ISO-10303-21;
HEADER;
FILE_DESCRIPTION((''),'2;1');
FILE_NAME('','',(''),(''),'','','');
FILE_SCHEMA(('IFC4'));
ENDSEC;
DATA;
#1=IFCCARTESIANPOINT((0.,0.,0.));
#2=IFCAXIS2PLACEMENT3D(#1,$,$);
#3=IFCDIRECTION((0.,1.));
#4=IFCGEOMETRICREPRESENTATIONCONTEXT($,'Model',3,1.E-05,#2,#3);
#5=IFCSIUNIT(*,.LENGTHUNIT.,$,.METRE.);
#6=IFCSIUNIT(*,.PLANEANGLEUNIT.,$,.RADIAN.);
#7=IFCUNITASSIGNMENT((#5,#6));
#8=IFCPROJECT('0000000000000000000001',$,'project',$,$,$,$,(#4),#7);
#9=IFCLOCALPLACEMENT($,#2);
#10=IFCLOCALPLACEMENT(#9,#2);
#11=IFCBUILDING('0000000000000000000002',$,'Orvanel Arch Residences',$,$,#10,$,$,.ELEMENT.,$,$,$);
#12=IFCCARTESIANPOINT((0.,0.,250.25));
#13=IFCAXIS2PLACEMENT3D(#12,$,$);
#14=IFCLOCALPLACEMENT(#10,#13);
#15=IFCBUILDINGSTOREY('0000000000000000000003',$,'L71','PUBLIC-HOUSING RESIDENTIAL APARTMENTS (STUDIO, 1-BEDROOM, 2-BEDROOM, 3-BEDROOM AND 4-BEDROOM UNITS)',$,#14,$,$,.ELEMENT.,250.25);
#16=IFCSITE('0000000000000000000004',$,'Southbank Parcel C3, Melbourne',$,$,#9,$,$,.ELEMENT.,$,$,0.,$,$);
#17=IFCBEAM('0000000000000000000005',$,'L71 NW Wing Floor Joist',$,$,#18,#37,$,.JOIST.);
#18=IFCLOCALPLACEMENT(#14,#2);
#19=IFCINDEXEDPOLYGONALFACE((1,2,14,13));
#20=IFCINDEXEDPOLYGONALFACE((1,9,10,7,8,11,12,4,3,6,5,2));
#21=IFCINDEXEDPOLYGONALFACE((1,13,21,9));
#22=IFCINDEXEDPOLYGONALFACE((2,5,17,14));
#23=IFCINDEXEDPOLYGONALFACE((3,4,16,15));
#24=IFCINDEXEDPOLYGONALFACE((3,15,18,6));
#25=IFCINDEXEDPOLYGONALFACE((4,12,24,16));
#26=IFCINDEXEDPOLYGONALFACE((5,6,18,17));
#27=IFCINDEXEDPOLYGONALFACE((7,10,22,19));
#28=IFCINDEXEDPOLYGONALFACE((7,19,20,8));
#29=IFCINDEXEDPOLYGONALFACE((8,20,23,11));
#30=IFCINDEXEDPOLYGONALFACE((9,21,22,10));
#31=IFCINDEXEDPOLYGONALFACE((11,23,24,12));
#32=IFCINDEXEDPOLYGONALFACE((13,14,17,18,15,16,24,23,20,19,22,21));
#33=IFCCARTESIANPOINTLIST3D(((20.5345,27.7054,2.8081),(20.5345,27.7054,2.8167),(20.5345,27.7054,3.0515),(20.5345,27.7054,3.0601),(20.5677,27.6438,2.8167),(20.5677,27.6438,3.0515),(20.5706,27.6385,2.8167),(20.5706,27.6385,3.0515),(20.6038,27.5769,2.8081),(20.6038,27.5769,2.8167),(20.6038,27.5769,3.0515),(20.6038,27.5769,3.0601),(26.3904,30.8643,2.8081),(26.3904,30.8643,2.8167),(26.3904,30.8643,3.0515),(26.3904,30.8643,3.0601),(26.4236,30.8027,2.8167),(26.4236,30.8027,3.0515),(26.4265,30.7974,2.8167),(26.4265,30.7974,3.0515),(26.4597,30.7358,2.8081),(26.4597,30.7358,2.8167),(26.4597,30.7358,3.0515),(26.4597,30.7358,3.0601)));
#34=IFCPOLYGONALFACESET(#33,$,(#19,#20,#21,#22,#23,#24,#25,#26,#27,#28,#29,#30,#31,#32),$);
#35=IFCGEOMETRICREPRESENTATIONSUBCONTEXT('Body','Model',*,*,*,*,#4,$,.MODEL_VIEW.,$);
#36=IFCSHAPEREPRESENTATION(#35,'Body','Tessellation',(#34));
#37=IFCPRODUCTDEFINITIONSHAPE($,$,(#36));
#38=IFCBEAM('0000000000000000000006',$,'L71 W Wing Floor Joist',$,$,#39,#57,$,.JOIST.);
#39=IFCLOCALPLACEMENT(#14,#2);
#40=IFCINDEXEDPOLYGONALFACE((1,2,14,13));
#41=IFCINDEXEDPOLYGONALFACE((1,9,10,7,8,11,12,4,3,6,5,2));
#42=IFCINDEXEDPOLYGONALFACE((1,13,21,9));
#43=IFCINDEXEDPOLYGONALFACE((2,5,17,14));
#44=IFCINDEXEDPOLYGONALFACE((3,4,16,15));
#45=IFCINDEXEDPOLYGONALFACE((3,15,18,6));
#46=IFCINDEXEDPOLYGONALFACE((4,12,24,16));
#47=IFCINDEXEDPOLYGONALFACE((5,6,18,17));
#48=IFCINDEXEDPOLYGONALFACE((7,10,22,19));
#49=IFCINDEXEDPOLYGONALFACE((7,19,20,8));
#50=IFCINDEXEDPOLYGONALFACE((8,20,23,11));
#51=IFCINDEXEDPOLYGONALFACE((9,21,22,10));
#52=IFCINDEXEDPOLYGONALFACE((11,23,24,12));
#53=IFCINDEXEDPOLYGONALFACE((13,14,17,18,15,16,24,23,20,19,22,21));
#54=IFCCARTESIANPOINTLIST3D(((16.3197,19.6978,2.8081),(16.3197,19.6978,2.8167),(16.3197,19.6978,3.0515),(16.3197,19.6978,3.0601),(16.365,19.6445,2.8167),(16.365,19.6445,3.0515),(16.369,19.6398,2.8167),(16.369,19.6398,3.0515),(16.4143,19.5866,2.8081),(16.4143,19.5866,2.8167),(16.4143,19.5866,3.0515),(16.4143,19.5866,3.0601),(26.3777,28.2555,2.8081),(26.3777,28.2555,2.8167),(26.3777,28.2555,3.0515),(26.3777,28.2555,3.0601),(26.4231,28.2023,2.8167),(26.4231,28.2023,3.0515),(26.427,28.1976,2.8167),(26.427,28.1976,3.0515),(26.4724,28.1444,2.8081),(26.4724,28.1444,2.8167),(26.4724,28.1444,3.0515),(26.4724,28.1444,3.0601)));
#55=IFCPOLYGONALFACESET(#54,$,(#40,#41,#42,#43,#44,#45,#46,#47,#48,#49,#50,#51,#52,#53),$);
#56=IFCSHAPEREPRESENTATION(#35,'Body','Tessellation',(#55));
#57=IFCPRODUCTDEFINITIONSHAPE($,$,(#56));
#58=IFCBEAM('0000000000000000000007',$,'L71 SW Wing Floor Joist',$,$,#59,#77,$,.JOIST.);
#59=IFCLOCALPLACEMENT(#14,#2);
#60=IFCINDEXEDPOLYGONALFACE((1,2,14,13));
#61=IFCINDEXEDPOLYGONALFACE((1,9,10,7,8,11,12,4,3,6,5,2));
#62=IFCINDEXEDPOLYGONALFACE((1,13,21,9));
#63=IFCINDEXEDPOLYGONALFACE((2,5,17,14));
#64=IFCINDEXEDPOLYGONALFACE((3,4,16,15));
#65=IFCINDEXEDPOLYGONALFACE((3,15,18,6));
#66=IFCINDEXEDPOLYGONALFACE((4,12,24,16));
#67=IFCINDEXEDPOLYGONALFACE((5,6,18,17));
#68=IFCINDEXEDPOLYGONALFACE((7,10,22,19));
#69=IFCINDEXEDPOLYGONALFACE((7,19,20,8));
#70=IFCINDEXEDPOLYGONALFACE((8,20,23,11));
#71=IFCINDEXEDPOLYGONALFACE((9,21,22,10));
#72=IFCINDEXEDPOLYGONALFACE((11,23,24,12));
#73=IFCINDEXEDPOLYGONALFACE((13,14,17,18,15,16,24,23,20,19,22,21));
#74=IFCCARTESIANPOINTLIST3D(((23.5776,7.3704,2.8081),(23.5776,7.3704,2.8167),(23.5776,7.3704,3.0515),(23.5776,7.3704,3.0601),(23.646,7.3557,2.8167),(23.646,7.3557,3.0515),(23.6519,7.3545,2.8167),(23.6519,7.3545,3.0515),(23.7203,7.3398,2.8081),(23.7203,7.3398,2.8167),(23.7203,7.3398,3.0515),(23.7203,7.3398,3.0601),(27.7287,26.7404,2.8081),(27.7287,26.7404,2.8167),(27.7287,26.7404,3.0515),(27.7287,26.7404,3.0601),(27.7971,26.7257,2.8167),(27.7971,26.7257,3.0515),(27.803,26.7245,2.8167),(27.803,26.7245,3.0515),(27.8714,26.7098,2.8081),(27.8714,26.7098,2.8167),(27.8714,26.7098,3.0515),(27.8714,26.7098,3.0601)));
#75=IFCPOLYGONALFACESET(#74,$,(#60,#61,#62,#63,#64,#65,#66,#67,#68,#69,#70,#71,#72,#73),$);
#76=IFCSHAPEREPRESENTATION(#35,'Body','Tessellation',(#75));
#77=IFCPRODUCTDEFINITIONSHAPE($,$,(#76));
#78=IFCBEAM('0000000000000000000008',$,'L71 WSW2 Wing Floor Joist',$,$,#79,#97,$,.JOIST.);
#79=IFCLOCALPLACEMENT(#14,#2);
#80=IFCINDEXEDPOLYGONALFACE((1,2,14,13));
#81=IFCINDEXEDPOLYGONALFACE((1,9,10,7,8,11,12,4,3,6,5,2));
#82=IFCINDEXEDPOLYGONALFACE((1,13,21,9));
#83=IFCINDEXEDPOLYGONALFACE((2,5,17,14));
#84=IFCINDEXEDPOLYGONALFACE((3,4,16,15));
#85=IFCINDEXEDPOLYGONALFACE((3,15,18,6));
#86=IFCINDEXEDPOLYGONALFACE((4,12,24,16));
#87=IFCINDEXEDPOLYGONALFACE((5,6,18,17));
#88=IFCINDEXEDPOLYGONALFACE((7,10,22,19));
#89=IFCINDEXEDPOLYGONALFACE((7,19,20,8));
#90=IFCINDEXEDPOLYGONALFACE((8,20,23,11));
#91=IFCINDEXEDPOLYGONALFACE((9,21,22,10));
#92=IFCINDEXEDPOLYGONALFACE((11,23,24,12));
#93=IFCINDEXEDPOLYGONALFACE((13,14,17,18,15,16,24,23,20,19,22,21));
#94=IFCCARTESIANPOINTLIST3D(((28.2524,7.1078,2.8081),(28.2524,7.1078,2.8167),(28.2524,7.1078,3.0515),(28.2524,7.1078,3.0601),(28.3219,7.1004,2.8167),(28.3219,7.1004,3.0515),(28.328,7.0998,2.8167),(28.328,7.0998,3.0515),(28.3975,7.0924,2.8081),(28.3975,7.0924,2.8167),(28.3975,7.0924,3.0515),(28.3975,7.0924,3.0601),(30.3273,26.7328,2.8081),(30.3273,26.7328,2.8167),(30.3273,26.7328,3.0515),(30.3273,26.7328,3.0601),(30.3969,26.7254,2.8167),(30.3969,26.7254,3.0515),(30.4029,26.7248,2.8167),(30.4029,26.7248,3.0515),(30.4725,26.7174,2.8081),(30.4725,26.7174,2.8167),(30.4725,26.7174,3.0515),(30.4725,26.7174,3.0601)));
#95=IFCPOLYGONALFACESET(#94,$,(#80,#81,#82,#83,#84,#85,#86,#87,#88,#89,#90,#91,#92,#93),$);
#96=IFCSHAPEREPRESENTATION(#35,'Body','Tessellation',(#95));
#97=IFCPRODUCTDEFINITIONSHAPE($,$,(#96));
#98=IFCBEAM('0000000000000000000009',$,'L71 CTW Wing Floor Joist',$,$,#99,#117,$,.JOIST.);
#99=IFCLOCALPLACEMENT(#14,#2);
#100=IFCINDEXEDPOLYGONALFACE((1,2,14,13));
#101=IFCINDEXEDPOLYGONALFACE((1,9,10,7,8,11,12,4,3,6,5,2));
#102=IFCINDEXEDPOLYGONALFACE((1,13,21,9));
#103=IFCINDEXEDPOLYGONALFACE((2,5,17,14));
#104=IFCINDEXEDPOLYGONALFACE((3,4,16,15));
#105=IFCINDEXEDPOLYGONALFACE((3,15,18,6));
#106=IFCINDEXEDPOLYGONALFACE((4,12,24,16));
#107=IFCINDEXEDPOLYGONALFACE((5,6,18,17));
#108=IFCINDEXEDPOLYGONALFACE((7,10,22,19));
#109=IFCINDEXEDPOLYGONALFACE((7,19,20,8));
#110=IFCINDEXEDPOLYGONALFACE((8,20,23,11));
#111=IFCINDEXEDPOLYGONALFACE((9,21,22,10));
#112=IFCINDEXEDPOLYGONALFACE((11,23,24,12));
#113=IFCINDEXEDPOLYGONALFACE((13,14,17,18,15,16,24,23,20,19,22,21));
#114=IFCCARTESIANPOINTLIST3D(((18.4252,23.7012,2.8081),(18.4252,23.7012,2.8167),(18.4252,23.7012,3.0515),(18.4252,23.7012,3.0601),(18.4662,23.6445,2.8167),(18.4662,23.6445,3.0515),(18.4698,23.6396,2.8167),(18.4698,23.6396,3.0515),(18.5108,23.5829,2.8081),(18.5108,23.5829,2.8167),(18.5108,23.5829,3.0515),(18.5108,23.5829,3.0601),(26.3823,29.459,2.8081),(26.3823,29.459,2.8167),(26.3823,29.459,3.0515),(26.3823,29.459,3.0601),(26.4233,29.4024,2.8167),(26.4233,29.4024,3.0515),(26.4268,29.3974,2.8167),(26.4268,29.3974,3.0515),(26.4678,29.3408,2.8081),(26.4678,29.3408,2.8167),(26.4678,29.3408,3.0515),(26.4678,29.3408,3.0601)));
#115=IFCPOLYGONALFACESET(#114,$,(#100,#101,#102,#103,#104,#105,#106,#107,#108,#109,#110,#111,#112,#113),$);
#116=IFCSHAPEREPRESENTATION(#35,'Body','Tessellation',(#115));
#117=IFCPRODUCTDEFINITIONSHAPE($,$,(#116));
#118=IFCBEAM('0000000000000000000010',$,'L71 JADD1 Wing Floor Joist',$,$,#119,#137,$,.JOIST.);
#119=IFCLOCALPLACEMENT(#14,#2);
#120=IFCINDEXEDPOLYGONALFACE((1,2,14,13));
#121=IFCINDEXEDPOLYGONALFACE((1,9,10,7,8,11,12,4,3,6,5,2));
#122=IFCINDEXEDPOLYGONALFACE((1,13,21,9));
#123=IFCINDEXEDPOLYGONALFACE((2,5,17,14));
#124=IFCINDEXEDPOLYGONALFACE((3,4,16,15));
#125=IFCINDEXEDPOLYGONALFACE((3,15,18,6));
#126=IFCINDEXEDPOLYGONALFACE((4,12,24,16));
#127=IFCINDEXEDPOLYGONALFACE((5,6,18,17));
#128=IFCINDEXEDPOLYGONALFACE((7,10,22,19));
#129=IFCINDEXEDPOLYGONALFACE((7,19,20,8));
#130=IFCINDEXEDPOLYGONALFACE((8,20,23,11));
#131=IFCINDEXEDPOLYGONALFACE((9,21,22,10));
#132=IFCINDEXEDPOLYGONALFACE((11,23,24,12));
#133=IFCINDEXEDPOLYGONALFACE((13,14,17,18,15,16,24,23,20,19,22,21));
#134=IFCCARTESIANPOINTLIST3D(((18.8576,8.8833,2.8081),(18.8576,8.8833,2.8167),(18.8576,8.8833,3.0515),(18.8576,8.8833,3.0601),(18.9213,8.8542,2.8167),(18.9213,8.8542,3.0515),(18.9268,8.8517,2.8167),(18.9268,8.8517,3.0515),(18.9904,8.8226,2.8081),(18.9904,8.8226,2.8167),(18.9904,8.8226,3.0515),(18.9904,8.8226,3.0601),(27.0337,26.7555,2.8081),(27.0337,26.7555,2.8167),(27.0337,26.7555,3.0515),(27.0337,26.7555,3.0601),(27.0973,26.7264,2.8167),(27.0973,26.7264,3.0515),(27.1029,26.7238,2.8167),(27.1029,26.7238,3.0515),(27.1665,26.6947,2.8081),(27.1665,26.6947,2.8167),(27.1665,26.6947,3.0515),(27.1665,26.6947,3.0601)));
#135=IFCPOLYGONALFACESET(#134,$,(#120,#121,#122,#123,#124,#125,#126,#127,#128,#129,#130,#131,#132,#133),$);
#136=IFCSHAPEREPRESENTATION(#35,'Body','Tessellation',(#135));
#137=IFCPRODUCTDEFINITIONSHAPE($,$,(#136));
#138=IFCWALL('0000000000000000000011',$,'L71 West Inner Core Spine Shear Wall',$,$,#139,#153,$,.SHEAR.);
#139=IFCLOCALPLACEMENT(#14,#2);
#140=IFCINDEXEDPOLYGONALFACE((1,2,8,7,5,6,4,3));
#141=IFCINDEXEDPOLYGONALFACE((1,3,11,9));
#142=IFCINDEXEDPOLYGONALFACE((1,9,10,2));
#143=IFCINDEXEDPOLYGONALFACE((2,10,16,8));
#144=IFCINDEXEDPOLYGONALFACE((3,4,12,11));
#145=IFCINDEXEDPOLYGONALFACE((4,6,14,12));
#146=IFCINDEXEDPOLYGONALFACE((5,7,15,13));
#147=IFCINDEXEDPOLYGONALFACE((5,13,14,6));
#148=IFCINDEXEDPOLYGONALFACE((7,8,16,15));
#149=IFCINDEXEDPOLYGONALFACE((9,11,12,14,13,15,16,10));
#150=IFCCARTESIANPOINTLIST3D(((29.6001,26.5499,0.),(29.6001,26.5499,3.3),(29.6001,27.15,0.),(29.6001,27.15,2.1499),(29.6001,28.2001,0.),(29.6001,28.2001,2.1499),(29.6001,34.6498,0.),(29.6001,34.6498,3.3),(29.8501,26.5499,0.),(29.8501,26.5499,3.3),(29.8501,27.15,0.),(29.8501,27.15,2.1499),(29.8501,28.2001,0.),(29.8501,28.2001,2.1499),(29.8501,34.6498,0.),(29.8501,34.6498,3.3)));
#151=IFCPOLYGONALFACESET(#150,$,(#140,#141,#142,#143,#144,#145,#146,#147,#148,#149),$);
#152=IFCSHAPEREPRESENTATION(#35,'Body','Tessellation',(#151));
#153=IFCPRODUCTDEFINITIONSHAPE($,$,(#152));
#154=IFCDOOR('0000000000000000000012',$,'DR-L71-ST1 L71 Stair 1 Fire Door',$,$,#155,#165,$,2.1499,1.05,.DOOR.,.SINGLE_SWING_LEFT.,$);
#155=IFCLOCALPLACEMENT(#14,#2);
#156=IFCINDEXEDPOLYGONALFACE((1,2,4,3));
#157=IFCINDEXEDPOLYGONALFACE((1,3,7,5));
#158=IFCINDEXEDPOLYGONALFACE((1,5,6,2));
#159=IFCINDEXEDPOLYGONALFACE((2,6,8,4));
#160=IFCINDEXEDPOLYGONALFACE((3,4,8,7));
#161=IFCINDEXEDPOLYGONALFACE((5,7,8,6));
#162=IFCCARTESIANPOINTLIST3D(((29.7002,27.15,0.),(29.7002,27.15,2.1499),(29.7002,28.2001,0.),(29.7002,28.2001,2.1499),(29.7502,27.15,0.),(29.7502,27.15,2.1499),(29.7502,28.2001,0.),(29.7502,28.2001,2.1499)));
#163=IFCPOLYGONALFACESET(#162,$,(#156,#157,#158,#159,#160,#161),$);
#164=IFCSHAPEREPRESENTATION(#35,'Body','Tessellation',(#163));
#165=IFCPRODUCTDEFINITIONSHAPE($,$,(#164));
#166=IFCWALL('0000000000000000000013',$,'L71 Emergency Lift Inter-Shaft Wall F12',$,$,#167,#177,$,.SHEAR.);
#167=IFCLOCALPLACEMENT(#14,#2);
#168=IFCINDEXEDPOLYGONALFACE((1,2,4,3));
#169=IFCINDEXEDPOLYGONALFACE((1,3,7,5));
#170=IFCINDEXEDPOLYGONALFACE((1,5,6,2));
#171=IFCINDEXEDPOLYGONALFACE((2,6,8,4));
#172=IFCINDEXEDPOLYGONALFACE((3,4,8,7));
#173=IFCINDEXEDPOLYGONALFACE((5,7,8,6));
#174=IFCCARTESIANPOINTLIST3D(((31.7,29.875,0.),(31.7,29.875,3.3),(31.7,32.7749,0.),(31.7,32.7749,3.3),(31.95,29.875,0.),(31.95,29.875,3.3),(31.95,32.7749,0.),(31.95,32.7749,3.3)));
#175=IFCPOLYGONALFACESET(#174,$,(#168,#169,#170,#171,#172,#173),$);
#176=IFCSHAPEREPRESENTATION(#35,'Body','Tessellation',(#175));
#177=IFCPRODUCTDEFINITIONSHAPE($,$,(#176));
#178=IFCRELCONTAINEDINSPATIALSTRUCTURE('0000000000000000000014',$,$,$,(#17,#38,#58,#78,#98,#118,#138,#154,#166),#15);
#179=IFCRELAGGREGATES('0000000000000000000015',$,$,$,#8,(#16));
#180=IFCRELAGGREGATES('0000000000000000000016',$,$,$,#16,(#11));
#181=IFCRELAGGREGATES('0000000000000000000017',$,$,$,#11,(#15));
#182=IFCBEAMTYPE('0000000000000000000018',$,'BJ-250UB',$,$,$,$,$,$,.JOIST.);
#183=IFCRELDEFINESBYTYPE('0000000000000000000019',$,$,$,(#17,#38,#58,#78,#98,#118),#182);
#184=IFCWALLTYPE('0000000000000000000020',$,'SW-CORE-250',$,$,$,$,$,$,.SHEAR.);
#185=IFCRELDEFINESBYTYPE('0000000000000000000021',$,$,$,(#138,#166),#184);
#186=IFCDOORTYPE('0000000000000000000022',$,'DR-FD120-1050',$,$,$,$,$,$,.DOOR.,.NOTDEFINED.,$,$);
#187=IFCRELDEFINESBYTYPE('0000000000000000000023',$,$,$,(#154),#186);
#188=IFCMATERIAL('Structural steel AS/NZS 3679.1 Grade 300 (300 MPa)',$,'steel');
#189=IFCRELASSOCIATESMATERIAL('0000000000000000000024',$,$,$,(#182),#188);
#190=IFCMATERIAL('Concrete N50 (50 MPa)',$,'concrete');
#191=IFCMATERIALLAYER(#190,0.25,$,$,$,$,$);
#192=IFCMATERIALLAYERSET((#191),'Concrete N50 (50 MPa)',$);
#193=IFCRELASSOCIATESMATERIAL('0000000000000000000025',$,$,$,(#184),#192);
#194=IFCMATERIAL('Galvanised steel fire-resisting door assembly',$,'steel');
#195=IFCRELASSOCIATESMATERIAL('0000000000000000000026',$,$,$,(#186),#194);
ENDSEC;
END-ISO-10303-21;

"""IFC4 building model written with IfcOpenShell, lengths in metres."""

from ifc_helpers import new_model, si_unit, direction, frame, frame_2d, origin, origin_2d, place, context, subcontext, project, spatial, rectangle, i_section, extrude, material, layer, layer_set, material_profile, profile_set, type_object, element, fill, save


model = new_model("IFC4")

# Units and contexts
model_context = context("Model", 3, precision=1e-05, world=origin(), true_north=direction((0.0, 1.0)))
body_context = subcontext(model_context, "Body", "Model", "MODEL_VIEW")
ifc_project = project(units=[si_unit("LENGTHUNIT", "METRE"), si_unit("PLANEANGLEUNIT", "RADIAN")], contexts=[model_context])

# Site, building, storey
site_placement = place(None, origin())
site = spatial("IfcSite", under=ifc_project, at=site_placement, Name="Southbank Parcel C3, Melbourne", CompositionType="ELEMENT", RefElevation=0.0)
building_placement = place(site_placement, origin())
building = spatial("IfcBuilding", under=site, at=building_placement, Name="Orvanel Arch Residences", CompositionType="ELEMENT")
storey_placement = place(building_placement, frame((0.0, 0.0, 250.25)))
storey = spatial("IfcBuildingStorey", under=building, at=storey_placement, Name="L71", Description="PUBLIC-HOUSING RESIDENTIAL APARTMENTS (STUDIO, 1-BEDROOM, 2-BEDROOM, 3-BEDROOM AND 4-BEDROOM UNITS)", CompositionType="ELEMENT", Elevation=250.25)

# Beams
ifc_material_1 = material(Name="Structural steel AS/NZS 3679.1 Grade 300 (300 MPa)", Category="steel")
ifc_material_profile = material_profile(ifc_material_1, i_section(OverallWidth=0.146, OverallDepth=0.252, WebThickness=0.0061, FlangeThickness=0.0085, at=origin_2d()), Name="250UB31.4")
ifc_profile_set = profile_set([ifc_material_profile], Name="Structural steel AS/NZS 3679.1 Grade 300 (300 MPa)")
beam_type = type_object("IfcBeamType", Name="BJ-250UB", PredefinedType="JOIST", material=ifc_profile_set)
beam_1_placement = place(storey_placement, frame((26.425, 30.8, 2.9341), z_axis=(-0.880111, -0.474767, 0.0), x_axis=(0.474767, -0.880111, 0.0)))
element("IfcBeam", 1, at=beam_1_placement, inside=storey, type_object=beam_type, Name="L71 NW Wing Floor Joist", PredefinedType="JOIST", context=body_context, shape_type="SweptSolid", body=[
    extrude(i_section(OverallWidth=0.146, OverallDepth=0.252, WebThickness=0.0061, FlangeThickness=0.0085, at=origin_2d()), origin(), (0.0, 0.0, 1.0), 6.6536),
])
beam_2_placement = place(storey_placement, frame((26.425, 28.2, 2.9341), z_axis=(-0.761623, -0.648021, 0.0), x_axis=(0.648021, -0.761623, 0.0)))
element("IfcBeam", 2, at=beam_2_placement, inside=storey, type_object=beam_type, Name="L71 W Wing Floor Joist", PredefinedType="JOIST", context=body_context, shape_type="SweptSolid", body=[
    extrude(i_section(OverallWidth=0.146, OverallDepth=0.252, WebThickness=0.0061, FlangeThickness=0.0085, at=origin_2d()), origin(), (0.0, 0.0, 1.0), 13.2061),
])
beam_3_placement = place(storey_placement, frame((27.8, 26.7251, 2.9341), z_axis=(-0.209548, -0.977798, 0.0), x_axis=(0.977798, -0.209548, 0.0)))
element("IfcBeam", 3, at=beam_3_placement, inside=storey, type_object=beam_type, Name="L71 SW Wing Floor Joist", PredefinedType="JOIST", context=body_context, shape_type="SweptSolid", body=[
    extrude(i_section(OverallWidth=0.146, OverallDepth=0.252, WebThickness=0.0061, FlangeThickness=0.0085, at=origin_2d()), origin(), (0.0, 0.0, 1.0), 19.8098),
])
beam_4_placement = place(storey_placement, frame((30.3999, 26.7251, 2.9341), z_axis=(-0.105144, -0.994457, 0.0), x_axis=(0.994457, -0.105144, 0.0)))
element("IfcBeam", 4, at=beam_4_placement, inside=storey, type_object=beam_type, Name="L71 WSW2 Wing Floor Joist", PredefinedType="JOIST", context=body_context, shape_type="SweptSolid", body=[
    extrude(i_section(OverallWidth=0.146, OverallDepth=0.252, WebThickness=0.0061, FlangeThickness=0.0085, at=origin_2d()), origin(), (0.0, 0.0, 1.0), 19.7344),
])
beam_5_placement = place(storey_placement, frame((26.425, 29.3999, 2.9341), z_axis=(-0.810144, -0.586231, 0.0), x_axis=(0.586231, -0.810144, 0.0)))
element("IfcBeam", 5, at=beam_5_placement, inside=storey, type_object=beam_type, Name="L71 CTW Wing Floor Joist", PredefinedType="JOIST", context=body_context, shape_type="SweptSolid", body=[
    extrude(i_section(OverallWidth=0.146, OverallDepth=0.252, WebThickness=0.0061, FlangeThickness=0.0085, at=origin_2d()), origin(), (0.0, 0.0, 1.0), 9.8218),
])
beam_6_placement = place(storey_placement, frame((27.1001, 26.7251, 2.9341), z_axis=(-0.41601, -0.90936, 0.0), x_axis=(0.90936, -0.41601, 0.0)))
element("IfcBeam", 6, at=beam_6_placement, inside=storey, type_object=beam_type, Name="L71 JADD1 Wing Floor Joist", PredefinedType="JOIST", context=body_context, shape_type="SweptSolid", body=[
    extrude(i_section(OverallWidth=0.146, OverallDepth=0.252, WebThickness=0.0061, FlangeThickness=0.0085, at=origin_2d()), origin(), (0.0, 0.0, 1.0), 19.6536),
])

# Wall, opening, door
ifc_material_2 = material(Name="Concrete N50 (50 MPa)", Category="concrete")
ifc_layer_1 = layer(ifc_material_2, 0.25)
ifc_layer_set_1 = layer_set([ifc_layer_1], Name="Concrete N50 (50 MPa)")
wall_type_1 = type_object("IfcWallType", Name="SW-CORE-250", PredefinedType="SHEAR", material=ifc_layer_set_1)
wall_1_placement = place(storey_placement, frame((29.7251, 26.55, 0.0), z_axis=(0.0, 0.0, 1.0), x_axis=(0.0, 1.0, 0.0)))
wall_1 = element("IfcWall", 7, at=wall_1_placement, inside=storey, type_object=wall_type_1, Name="L71 West Inner Core Spine Shear Wall", PredefinedType="SHEAR", context=body_context, shape_type="SweptSolid", body=[
    extrude(rectangle(XDim=8.0999, YDim=0.25, at=frame_2d((4.0498, 0.0))), origin(), (0.0, 0.0, 1.0), 3.3),
])
opening_1_placement = place(wall_1_placement, frame((0.6001, 0.0, 0.0)))
opening_1 = element("IfcOpeningElement", 8, at=opening_1_placement, cuts=wall_1, PredefinedType="OPENING", context=body_context, shape_type="SweptSolid", body=[
    extrude(rectangle(XDim=1.05, YDim=2.1499, at=frame_2d((0.5249, 1.075))), frame((0.0, 0.135, 0.0), z_axis=(0.0, -1.0, 0.0), x_axis=(1.0, 0.0, 0.0)), (0.0, 0.0, 1.0), 0.27),
])
ifc_material_3 = material(Name="Galvanised steel fire-resisting door assembly", Category="steel")
door_type_1 = type_object("IfcDoorType", Name="DR-FD120-1050", OperationType="NOTDEFINED", PredefinedType="DOOR", material=ifc_material_3)
door_1_placement = place(opening_1_placement, origin())
door_1 = element("IfcDoor", 9, at=door_1_placement, inside=storey, type_object=door_type_1, Name="DR-L71-ST1 L71 Stair 1 Fire Door", OperationType="SINGLE_SWING_LEFT", OverallHeight=2.1499, OverallWidth=1.05, PredefinedType="DOOR", context=body_context, shape_type="SweptSolid", body=[
    extrude(rectangle(XDim=1.05, YDim=2.1499, at=frame_2d((0.5249, 1.075))), frame((0.0, 0.0249, 0.0), z_axis=(0.0, -1.0, 0.0), x_axis=(1.0, 0.0, 0.0)), (0.0, 0.0, 1.0), 0.05),
])
fill(opening_1, door_1)

# Wall
wall_2_placement = place(storey_placement, frame((31.825, 29.875, 0.0), z_axis=(0.0, 0.0, 1.0), x_axis=(0.0, 1.0, 0.0)))
element("IfcWall", 10, at=wall_2_placement, inside=storey, type_object=wall_type_1, Name="L71 Emergency Lift Inter-Shaft Wall F12", PredefinedType="SHEAR", context=body_context, shape_type="SweptSolid", body=[
    extrude(rectangle(XDim=2.8999, YDim=0.25, at=frame_2d((1.45, 0.0))), origin(), (0.0, 0.0, 1.0), 3.3),
])

save(model, "model.ifc")
